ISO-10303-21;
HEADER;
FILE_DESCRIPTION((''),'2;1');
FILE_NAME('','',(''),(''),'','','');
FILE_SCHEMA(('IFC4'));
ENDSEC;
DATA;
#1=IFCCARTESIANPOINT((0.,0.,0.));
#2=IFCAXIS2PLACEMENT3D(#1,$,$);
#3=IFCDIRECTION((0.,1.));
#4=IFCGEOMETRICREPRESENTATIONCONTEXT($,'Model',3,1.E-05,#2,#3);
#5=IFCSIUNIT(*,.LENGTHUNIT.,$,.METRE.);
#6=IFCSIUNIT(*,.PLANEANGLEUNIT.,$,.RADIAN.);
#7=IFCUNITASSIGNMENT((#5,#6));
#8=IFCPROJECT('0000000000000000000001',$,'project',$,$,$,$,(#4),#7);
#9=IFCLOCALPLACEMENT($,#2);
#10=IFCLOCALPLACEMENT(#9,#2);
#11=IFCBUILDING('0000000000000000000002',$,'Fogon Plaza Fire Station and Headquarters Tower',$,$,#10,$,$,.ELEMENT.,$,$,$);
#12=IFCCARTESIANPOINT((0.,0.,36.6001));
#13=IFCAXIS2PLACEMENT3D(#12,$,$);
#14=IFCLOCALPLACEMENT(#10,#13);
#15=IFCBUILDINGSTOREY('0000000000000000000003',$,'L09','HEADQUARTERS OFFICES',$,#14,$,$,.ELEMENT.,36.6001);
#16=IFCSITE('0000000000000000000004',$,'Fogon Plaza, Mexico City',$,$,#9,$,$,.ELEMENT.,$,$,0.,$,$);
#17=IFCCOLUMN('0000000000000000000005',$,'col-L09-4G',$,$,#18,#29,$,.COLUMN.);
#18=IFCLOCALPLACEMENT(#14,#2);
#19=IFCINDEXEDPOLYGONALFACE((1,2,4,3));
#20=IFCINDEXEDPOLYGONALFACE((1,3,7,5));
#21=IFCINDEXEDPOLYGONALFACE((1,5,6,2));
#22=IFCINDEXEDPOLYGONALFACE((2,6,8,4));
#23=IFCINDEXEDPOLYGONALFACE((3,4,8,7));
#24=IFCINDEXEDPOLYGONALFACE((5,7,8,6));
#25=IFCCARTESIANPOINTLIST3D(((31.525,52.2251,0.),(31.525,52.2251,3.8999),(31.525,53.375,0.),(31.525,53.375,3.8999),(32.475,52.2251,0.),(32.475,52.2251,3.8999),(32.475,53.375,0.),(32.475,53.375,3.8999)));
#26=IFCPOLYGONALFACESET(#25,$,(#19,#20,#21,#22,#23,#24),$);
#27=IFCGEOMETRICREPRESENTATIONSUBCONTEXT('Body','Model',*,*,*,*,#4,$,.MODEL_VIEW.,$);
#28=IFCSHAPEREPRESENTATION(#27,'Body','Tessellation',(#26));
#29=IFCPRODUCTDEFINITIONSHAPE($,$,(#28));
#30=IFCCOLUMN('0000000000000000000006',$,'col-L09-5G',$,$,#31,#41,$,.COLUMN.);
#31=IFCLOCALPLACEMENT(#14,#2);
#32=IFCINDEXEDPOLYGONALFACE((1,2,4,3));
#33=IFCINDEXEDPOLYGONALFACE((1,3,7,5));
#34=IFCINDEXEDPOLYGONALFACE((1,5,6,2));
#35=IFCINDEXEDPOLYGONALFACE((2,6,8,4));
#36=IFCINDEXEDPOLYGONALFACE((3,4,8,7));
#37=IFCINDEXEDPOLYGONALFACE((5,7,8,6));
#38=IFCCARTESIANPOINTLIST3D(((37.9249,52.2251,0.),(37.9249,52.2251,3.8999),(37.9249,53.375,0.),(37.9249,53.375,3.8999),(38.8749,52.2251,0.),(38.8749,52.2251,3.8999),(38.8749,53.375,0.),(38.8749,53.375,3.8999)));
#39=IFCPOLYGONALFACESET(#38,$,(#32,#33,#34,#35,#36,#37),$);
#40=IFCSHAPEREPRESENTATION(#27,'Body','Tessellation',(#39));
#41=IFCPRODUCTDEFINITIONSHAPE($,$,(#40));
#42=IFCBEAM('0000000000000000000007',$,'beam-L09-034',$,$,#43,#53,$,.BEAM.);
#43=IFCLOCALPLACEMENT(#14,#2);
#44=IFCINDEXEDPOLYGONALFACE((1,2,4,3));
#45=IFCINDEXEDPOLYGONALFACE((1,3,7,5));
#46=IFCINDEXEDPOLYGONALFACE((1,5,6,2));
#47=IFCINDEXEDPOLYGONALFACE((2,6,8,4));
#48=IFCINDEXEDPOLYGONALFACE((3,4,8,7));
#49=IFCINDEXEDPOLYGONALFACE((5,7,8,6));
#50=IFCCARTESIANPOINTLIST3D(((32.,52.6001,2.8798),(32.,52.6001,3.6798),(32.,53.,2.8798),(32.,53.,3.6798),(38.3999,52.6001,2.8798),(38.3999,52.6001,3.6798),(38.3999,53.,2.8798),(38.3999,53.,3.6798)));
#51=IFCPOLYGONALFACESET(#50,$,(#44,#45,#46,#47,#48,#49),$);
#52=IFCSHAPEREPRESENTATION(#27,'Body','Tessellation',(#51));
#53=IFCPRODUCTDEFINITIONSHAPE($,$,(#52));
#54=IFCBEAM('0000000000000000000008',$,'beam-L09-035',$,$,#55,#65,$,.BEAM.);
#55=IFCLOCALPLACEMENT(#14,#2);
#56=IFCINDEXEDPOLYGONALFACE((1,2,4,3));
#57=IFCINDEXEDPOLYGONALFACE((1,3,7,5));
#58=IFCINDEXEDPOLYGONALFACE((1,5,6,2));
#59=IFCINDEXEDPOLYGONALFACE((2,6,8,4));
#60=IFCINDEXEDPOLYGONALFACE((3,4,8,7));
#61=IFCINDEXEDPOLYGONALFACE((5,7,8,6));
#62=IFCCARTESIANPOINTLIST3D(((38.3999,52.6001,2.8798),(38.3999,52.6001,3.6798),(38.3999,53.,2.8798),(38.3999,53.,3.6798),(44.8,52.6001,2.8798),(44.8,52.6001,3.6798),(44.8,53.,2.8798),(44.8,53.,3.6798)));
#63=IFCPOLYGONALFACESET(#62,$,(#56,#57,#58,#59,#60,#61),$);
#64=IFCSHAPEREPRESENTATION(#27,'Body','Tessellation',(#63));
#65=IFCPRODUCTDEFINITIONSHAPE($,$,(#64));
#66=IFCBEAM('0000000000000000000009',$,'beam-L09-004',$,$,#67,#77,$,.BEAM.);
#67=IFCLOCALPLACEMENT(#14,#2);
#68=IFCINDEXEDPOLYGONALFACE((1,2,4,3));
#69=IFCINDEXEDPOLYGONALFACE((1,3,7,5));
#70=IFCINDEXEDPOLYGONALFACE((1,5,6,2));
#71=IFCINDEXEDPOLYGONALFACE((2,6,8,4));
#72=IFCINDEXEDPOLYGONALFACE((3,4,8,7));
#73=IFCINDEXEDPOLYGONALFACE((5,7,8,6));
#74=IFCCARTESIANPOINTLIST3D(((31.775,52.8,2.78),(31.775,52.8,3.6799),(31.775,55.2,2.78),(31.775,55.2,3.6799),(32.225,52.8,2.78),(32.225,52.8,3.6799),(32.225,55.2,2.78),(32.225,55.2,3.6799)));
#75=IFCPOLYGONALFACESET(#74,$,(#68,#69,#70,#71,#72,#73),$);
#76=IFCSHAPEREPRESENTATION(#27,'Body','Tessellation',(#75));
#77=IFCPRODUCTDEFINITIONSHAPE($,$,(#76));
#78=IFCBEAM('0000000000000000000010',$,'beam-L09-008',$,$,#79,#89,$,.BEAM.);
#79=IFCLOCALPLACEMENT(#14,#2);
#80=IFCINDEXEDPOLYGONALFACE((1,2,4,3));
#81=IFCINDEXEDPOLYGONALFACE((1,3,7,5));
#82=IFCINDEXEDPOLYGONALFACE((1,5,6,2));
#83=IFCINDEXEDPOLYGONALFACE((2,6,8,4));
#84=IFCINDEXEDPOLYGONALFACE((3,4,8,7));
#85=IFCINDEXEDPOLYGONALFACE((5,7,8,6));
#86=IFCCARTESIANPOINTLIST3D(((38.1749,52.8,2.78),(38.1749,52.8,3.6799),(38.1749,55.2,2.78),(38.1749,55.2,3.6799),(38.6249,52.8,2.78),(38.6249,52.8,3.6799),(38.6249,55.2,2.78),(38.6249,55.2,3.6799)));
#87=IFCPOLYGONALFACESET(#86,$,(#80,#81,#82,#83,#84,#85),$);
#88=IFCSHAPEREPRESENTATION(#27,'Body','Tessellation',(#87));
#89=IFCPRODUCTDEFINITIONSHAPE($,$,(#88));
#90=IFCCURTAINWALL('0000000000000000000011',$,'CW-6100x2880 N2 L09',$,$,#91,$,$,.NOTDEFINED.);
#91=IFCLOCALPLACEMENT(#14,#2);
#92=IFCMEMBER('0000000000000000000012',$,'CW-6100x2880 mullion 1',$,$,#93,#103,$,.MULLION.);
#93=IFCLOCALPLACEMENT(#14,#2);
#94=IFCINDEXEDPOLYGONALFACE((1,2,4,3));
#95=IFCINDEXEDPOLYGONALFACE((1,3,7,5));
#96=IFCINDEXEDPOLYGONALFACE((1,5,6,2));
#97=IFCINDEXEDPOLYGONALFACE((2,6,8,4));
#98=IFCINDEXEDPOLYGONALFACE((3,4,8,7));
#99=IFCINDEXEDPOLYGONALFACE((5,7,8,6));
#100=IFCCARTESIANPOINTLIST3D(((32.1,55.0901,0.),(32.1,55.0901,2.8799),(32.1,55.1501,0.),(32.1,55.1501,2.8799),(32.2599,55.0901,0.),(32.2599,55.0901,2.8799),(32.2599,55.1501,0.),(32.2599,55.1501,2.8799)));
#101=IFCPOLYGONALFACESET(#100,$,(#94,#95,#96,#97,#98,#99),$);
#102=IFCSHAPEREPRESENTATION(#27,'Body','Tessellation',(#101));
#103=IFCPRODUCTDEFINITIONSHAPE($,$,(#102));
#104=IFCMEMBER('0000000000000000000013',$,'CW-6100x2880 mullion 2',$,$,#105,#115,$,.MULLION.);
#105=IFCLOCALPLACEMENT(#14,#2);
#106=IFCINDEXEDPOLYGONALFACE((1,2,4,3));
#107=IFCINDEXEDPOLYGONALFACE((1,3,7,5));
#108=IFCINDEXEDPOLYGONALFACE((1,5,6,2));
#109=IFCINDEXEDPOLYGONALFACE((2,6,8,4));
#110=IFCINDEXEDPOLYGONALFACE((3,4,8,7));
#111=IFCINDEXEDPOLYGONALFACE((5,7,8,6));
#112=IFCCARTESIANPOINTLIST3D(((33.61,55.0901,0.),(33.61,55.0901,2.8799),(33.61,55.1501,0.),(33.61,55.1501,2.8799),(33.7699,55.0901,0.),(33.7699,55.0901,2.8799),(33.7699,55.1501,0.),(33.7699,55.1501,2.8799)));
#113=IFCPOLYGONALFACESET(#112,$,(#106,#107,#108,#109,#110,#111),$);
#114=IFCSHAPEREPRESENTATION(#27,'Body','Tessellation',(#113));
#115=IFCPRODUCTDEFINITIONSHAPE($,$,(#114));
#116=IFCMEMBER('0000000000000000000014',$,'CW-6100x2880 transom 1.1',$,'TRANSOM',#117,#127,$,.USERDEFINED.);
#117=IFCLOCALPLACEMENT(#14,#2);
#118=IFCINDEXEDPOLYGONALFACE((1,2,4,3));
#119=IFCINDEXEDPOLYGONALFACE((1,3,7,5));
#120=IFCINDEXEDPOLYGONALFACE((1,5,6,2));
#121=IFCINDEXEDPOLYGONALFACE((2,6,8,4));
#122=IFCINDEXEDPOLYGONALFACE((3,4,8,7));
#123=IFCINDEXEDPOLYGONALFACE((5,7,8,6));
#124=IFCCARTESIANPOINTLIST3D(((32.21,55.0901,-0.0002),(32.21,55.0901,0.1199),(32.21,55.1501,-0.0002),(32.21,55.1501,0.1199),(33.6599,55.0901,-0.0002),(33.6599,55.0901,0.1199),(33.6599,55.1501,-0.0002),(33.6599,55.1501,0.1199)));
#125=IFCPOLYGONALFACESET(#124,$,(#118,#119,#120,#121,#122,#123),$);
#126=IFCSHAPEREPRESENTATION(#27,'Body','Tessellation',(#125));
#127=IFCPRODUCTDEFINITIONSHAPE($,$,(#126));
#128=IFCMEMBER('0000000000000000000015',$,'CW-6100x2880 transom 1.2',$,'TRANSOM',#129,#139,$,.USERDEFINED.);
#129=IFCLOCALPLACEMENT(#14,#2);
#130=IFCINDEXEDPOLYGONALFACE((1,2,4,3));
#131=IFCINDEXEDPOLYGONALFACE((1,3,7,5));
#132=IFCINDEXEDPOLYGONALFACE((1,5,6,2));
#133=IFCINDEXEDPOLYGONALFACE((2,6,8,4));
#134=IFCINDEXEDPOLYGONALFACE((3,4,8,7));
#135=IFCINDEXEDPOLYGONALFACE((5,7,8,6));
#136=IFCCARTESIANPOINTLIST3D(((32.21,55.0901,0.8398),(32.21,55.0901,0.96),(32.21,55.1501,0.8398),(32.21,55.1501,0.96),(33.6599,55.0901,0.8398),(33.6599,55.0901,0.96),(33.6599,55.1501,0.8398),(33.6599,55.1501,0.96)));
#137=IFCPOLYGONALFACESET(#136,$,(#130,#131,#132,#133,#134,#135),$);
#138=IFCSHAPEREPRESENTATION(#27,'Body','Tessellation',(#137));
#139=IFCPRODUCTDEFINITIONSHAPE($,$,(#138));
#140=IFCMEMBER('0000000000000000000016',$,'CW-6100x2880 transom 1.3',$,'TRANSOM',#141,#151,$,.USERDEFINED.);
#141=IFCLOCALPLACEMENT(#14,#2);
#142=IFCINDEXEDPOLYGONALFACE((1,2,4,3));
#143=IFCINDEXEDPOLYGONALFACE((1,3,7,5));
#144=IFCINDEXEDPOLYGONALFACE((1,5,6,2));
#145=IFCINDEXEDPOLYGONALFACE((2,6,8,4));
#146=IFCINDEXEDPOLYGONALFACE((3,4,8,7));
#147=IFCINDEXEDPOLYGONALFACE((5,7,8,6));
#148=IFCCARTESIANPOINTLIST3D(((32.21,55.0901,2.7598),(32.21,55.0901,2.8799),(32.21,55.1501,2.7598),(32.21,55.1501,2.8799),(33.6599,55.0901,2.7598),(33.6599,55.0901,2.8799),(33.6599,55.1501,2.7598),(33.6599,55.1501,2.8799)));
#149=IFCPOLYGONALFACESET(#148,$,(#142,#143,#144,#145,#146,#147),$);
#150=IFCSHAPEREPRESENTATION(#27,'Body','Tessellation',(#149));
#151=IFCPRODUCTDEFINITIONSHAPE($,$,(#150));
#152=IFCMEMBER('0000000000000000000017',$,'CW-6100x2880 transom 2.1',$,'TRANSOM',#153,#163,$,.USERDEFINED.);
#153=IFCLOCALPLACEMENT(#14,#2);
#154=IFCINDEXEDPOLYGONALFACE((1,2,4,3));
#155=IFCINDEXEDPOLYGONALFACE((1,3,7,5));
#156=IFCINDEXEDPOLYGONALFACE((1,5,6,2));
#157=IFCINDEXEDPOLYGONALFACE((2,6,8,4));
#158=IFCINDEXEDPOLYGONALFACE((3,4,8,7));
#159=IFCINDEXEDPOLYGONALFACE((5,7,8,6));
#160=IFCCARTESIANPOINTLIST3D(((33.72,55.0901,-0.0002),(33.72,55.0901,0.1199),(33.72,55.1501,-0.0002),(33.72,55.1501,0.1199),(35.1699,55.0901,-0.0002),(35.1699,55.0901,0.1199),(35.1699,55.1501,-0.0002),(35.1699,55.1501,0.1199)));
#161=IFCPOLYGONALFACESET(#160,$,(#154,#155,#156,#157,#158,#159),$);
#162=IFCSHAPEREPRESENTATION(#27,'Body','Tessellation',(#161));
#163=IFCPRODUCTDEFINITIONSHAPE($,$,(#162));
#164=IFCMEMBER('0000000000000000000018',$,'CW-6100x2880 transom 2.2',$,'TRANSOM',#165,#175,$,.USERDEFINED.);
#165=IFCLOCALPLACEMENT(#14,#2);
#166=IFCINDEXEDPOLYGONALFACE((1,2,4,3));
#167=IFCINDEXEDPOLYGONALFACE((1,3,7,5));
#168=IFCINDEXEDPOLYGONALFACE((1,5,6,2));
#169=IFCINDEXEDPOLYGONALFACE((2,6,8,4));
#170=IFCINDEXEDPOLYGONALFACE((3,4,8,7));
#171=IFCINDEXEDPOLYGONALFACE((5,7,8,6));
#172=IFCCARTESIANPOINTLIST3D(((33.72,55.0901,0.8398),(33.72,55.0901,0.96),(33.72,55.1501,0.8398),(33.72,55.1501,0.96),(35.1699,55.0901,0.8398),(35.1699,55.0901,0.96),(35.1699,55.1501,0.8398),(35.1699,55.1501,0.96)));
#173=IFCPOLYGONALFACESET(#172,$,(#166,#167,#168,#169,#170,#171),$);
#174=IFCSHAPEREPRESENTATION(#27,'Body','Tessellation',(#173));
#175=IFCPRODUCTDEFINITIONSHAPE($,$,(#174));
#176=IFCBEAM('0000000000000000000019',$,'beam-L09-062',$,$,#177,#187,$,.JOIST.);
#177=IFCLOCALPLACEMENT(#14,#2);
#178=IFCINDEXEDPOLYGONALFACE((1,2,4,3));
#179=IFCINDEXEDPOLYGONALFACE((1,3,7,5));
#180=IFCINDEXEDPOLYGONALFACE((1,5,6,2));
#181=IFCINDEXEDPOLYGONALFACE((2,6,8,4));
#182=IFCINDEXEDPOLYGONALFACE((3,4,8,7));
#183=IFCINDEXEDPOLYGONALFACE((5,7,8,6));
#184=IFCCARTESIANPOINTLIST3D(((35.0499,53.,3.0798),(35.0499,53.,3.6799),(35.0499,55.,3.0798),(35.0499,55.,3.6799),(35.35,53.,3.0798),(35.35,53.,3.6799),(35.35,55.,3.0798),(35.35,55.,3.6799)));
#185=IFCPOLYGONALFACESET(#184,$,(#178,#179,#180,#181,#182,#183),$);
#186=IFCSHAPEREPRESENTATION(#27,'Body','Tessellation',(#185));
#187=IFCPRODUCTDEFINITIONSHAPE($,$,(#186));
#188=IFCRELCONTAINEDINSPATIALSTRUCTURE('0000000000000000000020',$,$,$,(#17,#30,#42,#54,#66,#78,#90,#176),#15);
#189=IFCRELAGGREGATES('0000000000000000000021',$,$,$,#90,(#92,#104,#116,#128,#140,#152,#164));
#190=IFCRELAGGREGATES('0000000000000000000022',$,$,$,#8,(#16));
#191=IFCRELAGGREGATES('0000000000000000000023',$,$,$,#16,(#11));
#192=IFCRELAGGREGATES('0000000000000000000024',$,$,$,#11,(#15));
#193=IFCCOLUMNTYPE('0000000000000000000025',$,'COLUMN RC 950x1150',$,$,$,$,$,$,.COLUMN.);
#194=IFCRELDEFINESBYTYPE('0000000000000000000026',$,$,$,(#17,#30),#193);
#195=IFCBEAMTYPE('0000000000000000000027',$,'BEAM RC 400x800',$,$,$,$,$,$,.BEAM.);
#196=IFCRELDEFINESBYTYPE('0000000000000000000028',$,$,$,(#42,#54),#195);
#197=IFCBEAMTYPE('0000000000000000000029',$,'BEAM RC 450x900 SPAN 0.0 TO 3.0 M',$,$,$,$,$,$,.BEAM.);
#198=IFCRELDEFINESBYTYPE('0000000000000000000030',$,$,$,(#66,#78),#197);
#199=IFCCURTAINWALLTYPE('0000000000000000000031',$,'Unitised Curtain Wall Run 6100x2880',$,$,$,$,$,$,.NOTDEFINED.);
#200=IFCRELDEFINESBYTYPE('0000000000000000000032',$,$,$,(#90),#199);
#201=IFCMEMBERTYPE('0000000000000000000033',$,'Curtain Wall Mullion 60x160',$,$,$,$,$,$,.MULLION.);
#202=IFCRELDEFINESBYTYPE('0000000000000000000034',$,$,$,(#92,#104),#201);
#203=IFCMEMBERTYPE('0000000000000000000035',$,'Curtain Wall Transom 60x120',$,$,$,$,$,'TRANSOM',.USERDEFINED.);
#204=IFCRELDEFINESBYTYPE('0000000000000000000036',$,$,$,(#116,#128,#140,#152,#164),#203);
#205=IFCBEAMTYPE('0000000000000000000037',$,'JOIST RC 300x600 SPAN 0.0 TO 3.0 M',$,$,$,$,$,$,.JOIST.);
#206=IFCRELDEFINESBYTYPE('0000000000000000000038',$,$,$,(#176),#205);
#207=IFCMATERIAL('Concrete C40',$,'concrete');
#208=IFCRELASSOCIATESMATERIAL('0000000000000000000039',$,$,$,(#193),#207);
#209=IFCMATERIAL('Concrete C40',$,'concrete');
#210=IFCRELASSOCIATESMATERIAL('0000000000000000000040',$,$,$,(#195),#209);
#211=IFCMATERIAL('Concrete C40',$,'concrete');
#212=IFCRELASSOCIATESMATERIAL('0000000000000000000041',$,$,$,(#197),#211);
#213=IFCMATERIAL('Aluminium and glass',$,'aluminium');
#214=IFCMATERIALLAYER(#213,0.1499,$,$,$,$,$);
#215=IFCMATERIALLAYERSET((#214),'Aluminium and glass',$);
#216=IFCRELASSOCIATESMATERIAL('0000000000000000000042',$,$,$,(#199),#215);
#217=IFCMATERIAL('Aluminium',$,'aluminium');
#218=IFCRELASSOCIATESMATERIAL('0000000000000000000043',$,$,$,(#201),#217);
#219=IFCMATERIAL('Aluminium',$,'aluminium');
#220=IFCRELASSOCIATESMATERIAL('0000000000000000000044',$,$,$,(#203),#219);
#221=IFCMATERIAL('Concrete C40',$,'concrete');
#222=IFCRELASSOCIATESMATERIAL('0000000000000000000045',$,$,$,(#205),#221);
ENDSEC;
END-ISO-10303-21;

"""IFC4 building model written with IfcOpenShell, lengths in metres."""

from ifc_helpers import new_model, si_unit, direction, frame, origin, origin_2d, place, context, subcontext, project, spatial, rectangle, extrude, material, layer, layer_set, material_profile, profile_set, type_object, element, aggregate, save


model = new_model("IFC4")

# Units and contexts
model_context = context("Model", 3, precision=1e-05, world=origin(), true_north=direction((0.0, 1.0)))
body_context = subcontext(model_context, "Body", "Model", "MODEL_VIEW")
ifc_project = project(units=[si_unit("LENGTHUNIT", "METRE"), si_unit("PLANEANGLEUNIT", "RADIAN")], contexts=[model_context])

# Site, building, storey
site_placement = place(None, origin())
site = spatial("IfcSite", under=ifc_project, at=site_placement, Name="Fogon Plaza, Mexico City", CompositionType="ELEMENT", RefElevation=0.0)
building_placement = place(site_placement, origin())
building = spatial("IfcBuilding", under=site, at=building_placement, Name="Fogon Plaza Fire Station and Headquarters Tower", CompositionType="ELEMENT")
storey_placement = place(building_placement, frame((0.0, 0.0, 36.6001)))
storey = spatial("IfcBuildingStorey", under=building, at=storey_placement, Name="L09", Description="HEADQUARTERS OFFICES", CompositionType="ELEMENT", Elevation=36.6001)

# Columns
ifc_material_1 = material(Name="Concrete C40", Category="concrete")
ifc_material_profile_1 = material_profile(ifc_material_1, rectangle(XDim=0.95, YDim=1.1499, at=origin_2d()), Name="RC 950x1150")
ifc_profile_set_1 = profile_set([ifc_material_profile_1], Name="Concrete C40")
column_type = type_object("IfcColumnType", Name="COLUMN RC 950x1150", PredefinedType="COLUMN", material=ifc_profile_set_1)
for number, where, z_axis, x_axis, name in (
    (1, (32.0, 52.8, 0.0), (0.0, 0.0, 1.0), (1.0, 0.0, 0.0), "col-L09-4G"),
    (2, (38.3999, 52.8, 0.0), (0.0, 0.0, 1.0), (1.0, 0.0, 0.0), "col-L09-5G"),
):
    element("IfcColumn", number, at=place(storey_placement, frame(where, z_axis=z_axis, x_axis=x_axis)), inside=storey, type_object=column_type, Name=name, PredefinedType="COLUMN", context=body_context, shape_type="SweptSolid", body=[
        extrude(rectangle(XDim=0.95, YDim=1.1499, at=origin_2d()), origin(), (0.0, 0.0, 1.0), 3.8999),
    ])

# Beams
ifc_material_2 = material(Name="Concrete C40", Category="concrete")
ifc_material_profile_2 = material_profile(ifc_material_2, rectangle(XDim=0.3999, YDim=0.8, at=origin_2d()), Name="RC 400x800")
ifc_profile_set_2 = profile_set([ifc_material_profile_2], Name="Concrete C40")
beam_type_1 = type_object("IfcBeamType", Name="BEAM RC 400x800", PredefinedType="BEAM", material=ifc_profile_set_2)
beam_1_placement = place(storey_placement, frame((32.0, 52.8, 3.2798), z_axis=(1.0, 0.0, 0.0), x_axis=(0.0, 1.0, 0.0)))
element("IfcBeam", 3, at=beam_1_placement, inside=storey, type_object=beam_type_1, Name="beam-L09-034", PredefinedType="BEAM", context=body_context, shape_type="SweptSolid", body=[
    extrude(rectangle(XDim=0.3999, YDim=0.8, at=origin_2d()), origin(), (0.0, 0.0, 1.0), 6.3999),
])
beam_2_placement = place(storey_placement, frame((38.3999, 52.8, 3.2798), z_axis=(1.0, 0.0, 0.0), x_axis=(0.0, 1.0, 0.0)))
element("IfcBeam", 4, at=beam_2_placement, inside=storey, type_object=beam_type_1, Name="beam-L09-035", PredefinedType="BEAM", context=body_context, shape_type="SweptSolid", body=[
    extrude(rectangle(XDim=0.3999, YDim=0.8, at=origin_2d()), origin(), (0.0, 0.0, 1.0), 6.4001),
])
ifc_material_3 = material(Name="Concrete C40", Category="concrete")
ifc_material_profile_3 = material_profile(ifc_material_3, rectangle(XDim=0.45, YDim=0.8999, at=origin_2d()), Name="RC 450x900")
ifc_profile_set_3 = profile_set([ifc_material_profile_3], Name="Concrete C40")
beam_type_2 = type_object("IfcBeamType", Name="BEAM RC 450x900 SPAN 0.0 TO 3.0 M", PredefinedType="BEAM", material=ifc_profile_set_3)
for number, where, z_axis, x_axis, name in (
    (5, (32.0, 52.8, 3.23), (0.0, 1.0, 0.0), (-1.0, 0.0, 0.0), "beam-L09-004"),
    (6, (38.3999, 52.8, 3.23), (0.0, 1.0, 0.0), (-1.0, 0.0, 0.0), "beam-L09-008"),
):
    element("IfcBeam", number, at=place(storey_placement, frame(where, z_axis=z_axis, x_axis=x_axis)), inside=storey, type_object=beam_type_2, Name=name, PredefinedType="BEAM", context=body_context, shape_type="SweptSolid", body=[
        extrude(rectangle(XDim=0.45, YDim=0.8999, at=origin_2d()), origin(), (0.0, 0.0, 1.0), 2.3999),
    ])

# Curtain wall, members
ifc_material_4 = material(Name="Aluminium and glass", Category="aluminium")
ifc_layer_1 = layer(ifc_material_4, 0.1499)
ifc_layer_set_1 = layer_set([ifc_layer_1], Name="Aluminium and glass")
curtain_wall_type = type_object("IfcCurtainWallType", Name="Unitised Curtain Wall Run 6100x2880", PredefinedType="NOTDEFINED", material=ifc_layer_set_1)
curtain_wall_placement = place(storey_placement, origin())
curtain_wall = element("IfcCurtainWall", 7, at=curtain_wall_placement, inside=storey, type_object=curtain_wall_type, Name="CW-6100x2880 N2 L09", PredefinedType="NOTDEFINED")
ifc_material_5 = material(Name="Aluminium", Category="aluminium")
ifc_material_profile_4 = material_profile(ifc_material_5, rectangle(XDim=0.0601, YDim=0.1599, at=origin_2d()), Name="Curtain Wall Mullion 60x160")
ifc_profile_set_4 = profile_set([ifc_material_profile_4], Name="Aluminium")
member_type_1 = type_object("IfcMemberType", Name="Curtain Wall Mullion 60x160", PredefinedType="MULLION", material=ifc_profile_set_4)
member_1_placement = place(storey_placement, frame((32.1799, 55.1201, 0.0), z_axis=(0.0, 0.0, 1.0), x_axis=(0.0, 1.0, 0.0)))
member_1 = element("IfcMember", 8, at=member_1_placement, type_object=member_type_1, Name="CW-6100x2880 mullion 1", PredefinedType="MULLION", context=body_context, shape_type="SweptSolid", body=[
    extrude(rectangle(XDim=0.0601, YDim=0.1599, at=origin_2d()), origin(), (0.0, 0.0, 1.0), 2.8799),
])
member_2_placement = place(storey_placement, frame((33.6899, 55.1201, 0.0), z_axis=(0.0, 0.0, 1.0), x_axis=(0.0, 1.0, 0.0)))
member_2 = element("IfcMember", 9, at=member_2_placement, type_object=member_type_1, Name="CW-6100x2880 mullion 2", PredefinedType="MULLION", context=body_context, shape_type="SweptSolid", body=[
    extrude(rectangle(XDim=0.0601, YDim=0.1599, at=origin_2d()), origin(), (0.0, 0.0, 1.0), 2.8799),
])
ifc_material_6 = material(Name="Aluminium", Category="aluminium")
ifc_material_profile_5 = material_profile(ifc_material_6, rectangle(XDim=0.0601, YDim=0.1201, at=origin_2d()), Name="Curtain Wall Transom 60x120")
ifc_profile_set_5 = profile_set([ifc_material_profile_5], Name="Aluminium")
member_type_2 = type_object("IfcMemberType", Name="Curtain Wall Transom 60x120", ElementType="TRANSOM", PredefinedType="USERDEFINED", material=ifc_profile_set_5)
member_3_placement = place(storey_placement, frame((32.21, 55.1201, 0.0598), z_axis=(1.0, 0.0, 0.0), x_axis=(0.0, 1.0, 0.0)))
member_3 = element("IfcMember", 10, at=member_3_placement, type_object=member_type_2, Name="CW-6100x2880 transom 1.1", ObjectType="TRANSOM", PredefinedType="USERDEFINED", context=body_context, shape_type="SweptSolid", body=[
    extrude(rectangle(XDim=0.0601, YDim=0.1201, at=origin_2d()), origin(), (0.0, 0.0, 1.0), 1.45),
])
member_4_placement = place(storey_placement, frame((32.21, 55.1201, 0.8999), z_axis=(1.0, 0.0, 0.0), x_axis=(0.0, 1.0, 0.0)))
member_4 = element("IfcMember", 11, at=member_4_placement, type_object=member_type_2, Name="CW-6100x2880 transom 1.2", ObjectType="TRANSOM", PredefinedType="USERDEFINED", context=body_context, shape_type="SweptSolid", body=[
    extrude(rectangle(XDim=0.0601, YDim=0.1201, at=origin_2d()), origin(), (0.0, 0.0, 1.0), 1.45),
])
member_5_placement = place(storey_placement, frame((32.21, 55.1201, 2.8198), z_axis=(1.0, 0.0, 0.0), x_axis=(0.0, 1.0, 0.0)))
member_5 = element("IfcMember", 12, at=member_5_placement, type_object=member_type_2, Name="CW-6100x2880 transom 1.3", ObjectType="TRANSOM", PredefinedType="USERDEFINED", context=body_context, shape_type="SweptSolid", body=[
    extrude(rectangle(XDim=0.0601, YDim=0.1201, at=origin_2d()), origin(), (0.0, 0.0, 1.0), 1.45),
])
member_6_placement = place(storey_placement, frame((33.72, 55.1201, 0.0598), z_axis=(1.0, 0.0, 0.0), x_axis=(0.0, 1.0, 0.0)))
member_6 = element("IfcMember", 13, at=member_6_placement, type_object=member_type_2, Name="CW-6100x2880 transom 2.1", ObjectType="TRANSOM", PredefinedType="USERDEFINED", context=body_context, shape_type="SweptSolid", body=[
    extrude(rectangle(XDim=0.0601, YDim=0.1201, at=origin_2d()), origin(), (0.0, 0.0, 1.0), 1.45),
])
member_7_placement = place(storey_placement, frame((33.72, 55.1201, 0.8999), z_axis=(1.0, 0.0, 0.0), x_axis=(0.0, 1.0, 0.0)))
member_7 = element("IfcMember", 14, at=member_7_placement, type_object=member_type_2, Name="CW-6100x2880 transom 2.2", ObjectType="TRANSOM", PredefinedType="USERDEFINED", context=body_context, shape_type="SweptSolid", body=[
    extrude(rectangle(XDim=0.0601, YDim=0.1201, at=origin_2d()), origin(), (0.0, 0.0, 1.0), 1.45),
])

# Beam
ifc_material_7 = material(Name="Concrete C40", Category="concrete")
ifc_material_profile_6 = material_profile(ifc_material_7, rectangle(XDim=0.3, YDim=0.6001, at=origin_2d()), Name="RC 300x600")
ifc_profile_set_6 = profile_set([ifc_material_profile_6], Name="Concrete C40")
beam_type_3 = type_object("IfcBeamType", Name="JOIST RC 300x600 SPAN 0.0 TO 3.0 M", PredefinedType="JOIST", material=ifc_profile_set_6)
for number, where, z_axis, x_axis, name in (
    (15, (35.2, 53.0, 3.3799), (0.0, 1.0, 0.0), (-1.0, 0.0, 0.0), "beam-L09-062"),
):
    element("IfcBeam", number, at=place(storey_placement, frame(where, z_axis=z_axis, x_axis=x_axis)), inside=storey, type_object=beam_type_3, Name=name, PredefinedType="JOIST", context=body_context, shape_type="SweptSolid", body=[
        extrude(rectangle(XDim=0.3, YDim=0.6001, at=origin_2d()), origin(), (0.0, 0.0, 1.0), 2.0),
    ])

aggregate(curtain_wall, [member_1, member_2, member_3, member_4, member_5, member_6, member_7])

save(model, "model.ifc")
